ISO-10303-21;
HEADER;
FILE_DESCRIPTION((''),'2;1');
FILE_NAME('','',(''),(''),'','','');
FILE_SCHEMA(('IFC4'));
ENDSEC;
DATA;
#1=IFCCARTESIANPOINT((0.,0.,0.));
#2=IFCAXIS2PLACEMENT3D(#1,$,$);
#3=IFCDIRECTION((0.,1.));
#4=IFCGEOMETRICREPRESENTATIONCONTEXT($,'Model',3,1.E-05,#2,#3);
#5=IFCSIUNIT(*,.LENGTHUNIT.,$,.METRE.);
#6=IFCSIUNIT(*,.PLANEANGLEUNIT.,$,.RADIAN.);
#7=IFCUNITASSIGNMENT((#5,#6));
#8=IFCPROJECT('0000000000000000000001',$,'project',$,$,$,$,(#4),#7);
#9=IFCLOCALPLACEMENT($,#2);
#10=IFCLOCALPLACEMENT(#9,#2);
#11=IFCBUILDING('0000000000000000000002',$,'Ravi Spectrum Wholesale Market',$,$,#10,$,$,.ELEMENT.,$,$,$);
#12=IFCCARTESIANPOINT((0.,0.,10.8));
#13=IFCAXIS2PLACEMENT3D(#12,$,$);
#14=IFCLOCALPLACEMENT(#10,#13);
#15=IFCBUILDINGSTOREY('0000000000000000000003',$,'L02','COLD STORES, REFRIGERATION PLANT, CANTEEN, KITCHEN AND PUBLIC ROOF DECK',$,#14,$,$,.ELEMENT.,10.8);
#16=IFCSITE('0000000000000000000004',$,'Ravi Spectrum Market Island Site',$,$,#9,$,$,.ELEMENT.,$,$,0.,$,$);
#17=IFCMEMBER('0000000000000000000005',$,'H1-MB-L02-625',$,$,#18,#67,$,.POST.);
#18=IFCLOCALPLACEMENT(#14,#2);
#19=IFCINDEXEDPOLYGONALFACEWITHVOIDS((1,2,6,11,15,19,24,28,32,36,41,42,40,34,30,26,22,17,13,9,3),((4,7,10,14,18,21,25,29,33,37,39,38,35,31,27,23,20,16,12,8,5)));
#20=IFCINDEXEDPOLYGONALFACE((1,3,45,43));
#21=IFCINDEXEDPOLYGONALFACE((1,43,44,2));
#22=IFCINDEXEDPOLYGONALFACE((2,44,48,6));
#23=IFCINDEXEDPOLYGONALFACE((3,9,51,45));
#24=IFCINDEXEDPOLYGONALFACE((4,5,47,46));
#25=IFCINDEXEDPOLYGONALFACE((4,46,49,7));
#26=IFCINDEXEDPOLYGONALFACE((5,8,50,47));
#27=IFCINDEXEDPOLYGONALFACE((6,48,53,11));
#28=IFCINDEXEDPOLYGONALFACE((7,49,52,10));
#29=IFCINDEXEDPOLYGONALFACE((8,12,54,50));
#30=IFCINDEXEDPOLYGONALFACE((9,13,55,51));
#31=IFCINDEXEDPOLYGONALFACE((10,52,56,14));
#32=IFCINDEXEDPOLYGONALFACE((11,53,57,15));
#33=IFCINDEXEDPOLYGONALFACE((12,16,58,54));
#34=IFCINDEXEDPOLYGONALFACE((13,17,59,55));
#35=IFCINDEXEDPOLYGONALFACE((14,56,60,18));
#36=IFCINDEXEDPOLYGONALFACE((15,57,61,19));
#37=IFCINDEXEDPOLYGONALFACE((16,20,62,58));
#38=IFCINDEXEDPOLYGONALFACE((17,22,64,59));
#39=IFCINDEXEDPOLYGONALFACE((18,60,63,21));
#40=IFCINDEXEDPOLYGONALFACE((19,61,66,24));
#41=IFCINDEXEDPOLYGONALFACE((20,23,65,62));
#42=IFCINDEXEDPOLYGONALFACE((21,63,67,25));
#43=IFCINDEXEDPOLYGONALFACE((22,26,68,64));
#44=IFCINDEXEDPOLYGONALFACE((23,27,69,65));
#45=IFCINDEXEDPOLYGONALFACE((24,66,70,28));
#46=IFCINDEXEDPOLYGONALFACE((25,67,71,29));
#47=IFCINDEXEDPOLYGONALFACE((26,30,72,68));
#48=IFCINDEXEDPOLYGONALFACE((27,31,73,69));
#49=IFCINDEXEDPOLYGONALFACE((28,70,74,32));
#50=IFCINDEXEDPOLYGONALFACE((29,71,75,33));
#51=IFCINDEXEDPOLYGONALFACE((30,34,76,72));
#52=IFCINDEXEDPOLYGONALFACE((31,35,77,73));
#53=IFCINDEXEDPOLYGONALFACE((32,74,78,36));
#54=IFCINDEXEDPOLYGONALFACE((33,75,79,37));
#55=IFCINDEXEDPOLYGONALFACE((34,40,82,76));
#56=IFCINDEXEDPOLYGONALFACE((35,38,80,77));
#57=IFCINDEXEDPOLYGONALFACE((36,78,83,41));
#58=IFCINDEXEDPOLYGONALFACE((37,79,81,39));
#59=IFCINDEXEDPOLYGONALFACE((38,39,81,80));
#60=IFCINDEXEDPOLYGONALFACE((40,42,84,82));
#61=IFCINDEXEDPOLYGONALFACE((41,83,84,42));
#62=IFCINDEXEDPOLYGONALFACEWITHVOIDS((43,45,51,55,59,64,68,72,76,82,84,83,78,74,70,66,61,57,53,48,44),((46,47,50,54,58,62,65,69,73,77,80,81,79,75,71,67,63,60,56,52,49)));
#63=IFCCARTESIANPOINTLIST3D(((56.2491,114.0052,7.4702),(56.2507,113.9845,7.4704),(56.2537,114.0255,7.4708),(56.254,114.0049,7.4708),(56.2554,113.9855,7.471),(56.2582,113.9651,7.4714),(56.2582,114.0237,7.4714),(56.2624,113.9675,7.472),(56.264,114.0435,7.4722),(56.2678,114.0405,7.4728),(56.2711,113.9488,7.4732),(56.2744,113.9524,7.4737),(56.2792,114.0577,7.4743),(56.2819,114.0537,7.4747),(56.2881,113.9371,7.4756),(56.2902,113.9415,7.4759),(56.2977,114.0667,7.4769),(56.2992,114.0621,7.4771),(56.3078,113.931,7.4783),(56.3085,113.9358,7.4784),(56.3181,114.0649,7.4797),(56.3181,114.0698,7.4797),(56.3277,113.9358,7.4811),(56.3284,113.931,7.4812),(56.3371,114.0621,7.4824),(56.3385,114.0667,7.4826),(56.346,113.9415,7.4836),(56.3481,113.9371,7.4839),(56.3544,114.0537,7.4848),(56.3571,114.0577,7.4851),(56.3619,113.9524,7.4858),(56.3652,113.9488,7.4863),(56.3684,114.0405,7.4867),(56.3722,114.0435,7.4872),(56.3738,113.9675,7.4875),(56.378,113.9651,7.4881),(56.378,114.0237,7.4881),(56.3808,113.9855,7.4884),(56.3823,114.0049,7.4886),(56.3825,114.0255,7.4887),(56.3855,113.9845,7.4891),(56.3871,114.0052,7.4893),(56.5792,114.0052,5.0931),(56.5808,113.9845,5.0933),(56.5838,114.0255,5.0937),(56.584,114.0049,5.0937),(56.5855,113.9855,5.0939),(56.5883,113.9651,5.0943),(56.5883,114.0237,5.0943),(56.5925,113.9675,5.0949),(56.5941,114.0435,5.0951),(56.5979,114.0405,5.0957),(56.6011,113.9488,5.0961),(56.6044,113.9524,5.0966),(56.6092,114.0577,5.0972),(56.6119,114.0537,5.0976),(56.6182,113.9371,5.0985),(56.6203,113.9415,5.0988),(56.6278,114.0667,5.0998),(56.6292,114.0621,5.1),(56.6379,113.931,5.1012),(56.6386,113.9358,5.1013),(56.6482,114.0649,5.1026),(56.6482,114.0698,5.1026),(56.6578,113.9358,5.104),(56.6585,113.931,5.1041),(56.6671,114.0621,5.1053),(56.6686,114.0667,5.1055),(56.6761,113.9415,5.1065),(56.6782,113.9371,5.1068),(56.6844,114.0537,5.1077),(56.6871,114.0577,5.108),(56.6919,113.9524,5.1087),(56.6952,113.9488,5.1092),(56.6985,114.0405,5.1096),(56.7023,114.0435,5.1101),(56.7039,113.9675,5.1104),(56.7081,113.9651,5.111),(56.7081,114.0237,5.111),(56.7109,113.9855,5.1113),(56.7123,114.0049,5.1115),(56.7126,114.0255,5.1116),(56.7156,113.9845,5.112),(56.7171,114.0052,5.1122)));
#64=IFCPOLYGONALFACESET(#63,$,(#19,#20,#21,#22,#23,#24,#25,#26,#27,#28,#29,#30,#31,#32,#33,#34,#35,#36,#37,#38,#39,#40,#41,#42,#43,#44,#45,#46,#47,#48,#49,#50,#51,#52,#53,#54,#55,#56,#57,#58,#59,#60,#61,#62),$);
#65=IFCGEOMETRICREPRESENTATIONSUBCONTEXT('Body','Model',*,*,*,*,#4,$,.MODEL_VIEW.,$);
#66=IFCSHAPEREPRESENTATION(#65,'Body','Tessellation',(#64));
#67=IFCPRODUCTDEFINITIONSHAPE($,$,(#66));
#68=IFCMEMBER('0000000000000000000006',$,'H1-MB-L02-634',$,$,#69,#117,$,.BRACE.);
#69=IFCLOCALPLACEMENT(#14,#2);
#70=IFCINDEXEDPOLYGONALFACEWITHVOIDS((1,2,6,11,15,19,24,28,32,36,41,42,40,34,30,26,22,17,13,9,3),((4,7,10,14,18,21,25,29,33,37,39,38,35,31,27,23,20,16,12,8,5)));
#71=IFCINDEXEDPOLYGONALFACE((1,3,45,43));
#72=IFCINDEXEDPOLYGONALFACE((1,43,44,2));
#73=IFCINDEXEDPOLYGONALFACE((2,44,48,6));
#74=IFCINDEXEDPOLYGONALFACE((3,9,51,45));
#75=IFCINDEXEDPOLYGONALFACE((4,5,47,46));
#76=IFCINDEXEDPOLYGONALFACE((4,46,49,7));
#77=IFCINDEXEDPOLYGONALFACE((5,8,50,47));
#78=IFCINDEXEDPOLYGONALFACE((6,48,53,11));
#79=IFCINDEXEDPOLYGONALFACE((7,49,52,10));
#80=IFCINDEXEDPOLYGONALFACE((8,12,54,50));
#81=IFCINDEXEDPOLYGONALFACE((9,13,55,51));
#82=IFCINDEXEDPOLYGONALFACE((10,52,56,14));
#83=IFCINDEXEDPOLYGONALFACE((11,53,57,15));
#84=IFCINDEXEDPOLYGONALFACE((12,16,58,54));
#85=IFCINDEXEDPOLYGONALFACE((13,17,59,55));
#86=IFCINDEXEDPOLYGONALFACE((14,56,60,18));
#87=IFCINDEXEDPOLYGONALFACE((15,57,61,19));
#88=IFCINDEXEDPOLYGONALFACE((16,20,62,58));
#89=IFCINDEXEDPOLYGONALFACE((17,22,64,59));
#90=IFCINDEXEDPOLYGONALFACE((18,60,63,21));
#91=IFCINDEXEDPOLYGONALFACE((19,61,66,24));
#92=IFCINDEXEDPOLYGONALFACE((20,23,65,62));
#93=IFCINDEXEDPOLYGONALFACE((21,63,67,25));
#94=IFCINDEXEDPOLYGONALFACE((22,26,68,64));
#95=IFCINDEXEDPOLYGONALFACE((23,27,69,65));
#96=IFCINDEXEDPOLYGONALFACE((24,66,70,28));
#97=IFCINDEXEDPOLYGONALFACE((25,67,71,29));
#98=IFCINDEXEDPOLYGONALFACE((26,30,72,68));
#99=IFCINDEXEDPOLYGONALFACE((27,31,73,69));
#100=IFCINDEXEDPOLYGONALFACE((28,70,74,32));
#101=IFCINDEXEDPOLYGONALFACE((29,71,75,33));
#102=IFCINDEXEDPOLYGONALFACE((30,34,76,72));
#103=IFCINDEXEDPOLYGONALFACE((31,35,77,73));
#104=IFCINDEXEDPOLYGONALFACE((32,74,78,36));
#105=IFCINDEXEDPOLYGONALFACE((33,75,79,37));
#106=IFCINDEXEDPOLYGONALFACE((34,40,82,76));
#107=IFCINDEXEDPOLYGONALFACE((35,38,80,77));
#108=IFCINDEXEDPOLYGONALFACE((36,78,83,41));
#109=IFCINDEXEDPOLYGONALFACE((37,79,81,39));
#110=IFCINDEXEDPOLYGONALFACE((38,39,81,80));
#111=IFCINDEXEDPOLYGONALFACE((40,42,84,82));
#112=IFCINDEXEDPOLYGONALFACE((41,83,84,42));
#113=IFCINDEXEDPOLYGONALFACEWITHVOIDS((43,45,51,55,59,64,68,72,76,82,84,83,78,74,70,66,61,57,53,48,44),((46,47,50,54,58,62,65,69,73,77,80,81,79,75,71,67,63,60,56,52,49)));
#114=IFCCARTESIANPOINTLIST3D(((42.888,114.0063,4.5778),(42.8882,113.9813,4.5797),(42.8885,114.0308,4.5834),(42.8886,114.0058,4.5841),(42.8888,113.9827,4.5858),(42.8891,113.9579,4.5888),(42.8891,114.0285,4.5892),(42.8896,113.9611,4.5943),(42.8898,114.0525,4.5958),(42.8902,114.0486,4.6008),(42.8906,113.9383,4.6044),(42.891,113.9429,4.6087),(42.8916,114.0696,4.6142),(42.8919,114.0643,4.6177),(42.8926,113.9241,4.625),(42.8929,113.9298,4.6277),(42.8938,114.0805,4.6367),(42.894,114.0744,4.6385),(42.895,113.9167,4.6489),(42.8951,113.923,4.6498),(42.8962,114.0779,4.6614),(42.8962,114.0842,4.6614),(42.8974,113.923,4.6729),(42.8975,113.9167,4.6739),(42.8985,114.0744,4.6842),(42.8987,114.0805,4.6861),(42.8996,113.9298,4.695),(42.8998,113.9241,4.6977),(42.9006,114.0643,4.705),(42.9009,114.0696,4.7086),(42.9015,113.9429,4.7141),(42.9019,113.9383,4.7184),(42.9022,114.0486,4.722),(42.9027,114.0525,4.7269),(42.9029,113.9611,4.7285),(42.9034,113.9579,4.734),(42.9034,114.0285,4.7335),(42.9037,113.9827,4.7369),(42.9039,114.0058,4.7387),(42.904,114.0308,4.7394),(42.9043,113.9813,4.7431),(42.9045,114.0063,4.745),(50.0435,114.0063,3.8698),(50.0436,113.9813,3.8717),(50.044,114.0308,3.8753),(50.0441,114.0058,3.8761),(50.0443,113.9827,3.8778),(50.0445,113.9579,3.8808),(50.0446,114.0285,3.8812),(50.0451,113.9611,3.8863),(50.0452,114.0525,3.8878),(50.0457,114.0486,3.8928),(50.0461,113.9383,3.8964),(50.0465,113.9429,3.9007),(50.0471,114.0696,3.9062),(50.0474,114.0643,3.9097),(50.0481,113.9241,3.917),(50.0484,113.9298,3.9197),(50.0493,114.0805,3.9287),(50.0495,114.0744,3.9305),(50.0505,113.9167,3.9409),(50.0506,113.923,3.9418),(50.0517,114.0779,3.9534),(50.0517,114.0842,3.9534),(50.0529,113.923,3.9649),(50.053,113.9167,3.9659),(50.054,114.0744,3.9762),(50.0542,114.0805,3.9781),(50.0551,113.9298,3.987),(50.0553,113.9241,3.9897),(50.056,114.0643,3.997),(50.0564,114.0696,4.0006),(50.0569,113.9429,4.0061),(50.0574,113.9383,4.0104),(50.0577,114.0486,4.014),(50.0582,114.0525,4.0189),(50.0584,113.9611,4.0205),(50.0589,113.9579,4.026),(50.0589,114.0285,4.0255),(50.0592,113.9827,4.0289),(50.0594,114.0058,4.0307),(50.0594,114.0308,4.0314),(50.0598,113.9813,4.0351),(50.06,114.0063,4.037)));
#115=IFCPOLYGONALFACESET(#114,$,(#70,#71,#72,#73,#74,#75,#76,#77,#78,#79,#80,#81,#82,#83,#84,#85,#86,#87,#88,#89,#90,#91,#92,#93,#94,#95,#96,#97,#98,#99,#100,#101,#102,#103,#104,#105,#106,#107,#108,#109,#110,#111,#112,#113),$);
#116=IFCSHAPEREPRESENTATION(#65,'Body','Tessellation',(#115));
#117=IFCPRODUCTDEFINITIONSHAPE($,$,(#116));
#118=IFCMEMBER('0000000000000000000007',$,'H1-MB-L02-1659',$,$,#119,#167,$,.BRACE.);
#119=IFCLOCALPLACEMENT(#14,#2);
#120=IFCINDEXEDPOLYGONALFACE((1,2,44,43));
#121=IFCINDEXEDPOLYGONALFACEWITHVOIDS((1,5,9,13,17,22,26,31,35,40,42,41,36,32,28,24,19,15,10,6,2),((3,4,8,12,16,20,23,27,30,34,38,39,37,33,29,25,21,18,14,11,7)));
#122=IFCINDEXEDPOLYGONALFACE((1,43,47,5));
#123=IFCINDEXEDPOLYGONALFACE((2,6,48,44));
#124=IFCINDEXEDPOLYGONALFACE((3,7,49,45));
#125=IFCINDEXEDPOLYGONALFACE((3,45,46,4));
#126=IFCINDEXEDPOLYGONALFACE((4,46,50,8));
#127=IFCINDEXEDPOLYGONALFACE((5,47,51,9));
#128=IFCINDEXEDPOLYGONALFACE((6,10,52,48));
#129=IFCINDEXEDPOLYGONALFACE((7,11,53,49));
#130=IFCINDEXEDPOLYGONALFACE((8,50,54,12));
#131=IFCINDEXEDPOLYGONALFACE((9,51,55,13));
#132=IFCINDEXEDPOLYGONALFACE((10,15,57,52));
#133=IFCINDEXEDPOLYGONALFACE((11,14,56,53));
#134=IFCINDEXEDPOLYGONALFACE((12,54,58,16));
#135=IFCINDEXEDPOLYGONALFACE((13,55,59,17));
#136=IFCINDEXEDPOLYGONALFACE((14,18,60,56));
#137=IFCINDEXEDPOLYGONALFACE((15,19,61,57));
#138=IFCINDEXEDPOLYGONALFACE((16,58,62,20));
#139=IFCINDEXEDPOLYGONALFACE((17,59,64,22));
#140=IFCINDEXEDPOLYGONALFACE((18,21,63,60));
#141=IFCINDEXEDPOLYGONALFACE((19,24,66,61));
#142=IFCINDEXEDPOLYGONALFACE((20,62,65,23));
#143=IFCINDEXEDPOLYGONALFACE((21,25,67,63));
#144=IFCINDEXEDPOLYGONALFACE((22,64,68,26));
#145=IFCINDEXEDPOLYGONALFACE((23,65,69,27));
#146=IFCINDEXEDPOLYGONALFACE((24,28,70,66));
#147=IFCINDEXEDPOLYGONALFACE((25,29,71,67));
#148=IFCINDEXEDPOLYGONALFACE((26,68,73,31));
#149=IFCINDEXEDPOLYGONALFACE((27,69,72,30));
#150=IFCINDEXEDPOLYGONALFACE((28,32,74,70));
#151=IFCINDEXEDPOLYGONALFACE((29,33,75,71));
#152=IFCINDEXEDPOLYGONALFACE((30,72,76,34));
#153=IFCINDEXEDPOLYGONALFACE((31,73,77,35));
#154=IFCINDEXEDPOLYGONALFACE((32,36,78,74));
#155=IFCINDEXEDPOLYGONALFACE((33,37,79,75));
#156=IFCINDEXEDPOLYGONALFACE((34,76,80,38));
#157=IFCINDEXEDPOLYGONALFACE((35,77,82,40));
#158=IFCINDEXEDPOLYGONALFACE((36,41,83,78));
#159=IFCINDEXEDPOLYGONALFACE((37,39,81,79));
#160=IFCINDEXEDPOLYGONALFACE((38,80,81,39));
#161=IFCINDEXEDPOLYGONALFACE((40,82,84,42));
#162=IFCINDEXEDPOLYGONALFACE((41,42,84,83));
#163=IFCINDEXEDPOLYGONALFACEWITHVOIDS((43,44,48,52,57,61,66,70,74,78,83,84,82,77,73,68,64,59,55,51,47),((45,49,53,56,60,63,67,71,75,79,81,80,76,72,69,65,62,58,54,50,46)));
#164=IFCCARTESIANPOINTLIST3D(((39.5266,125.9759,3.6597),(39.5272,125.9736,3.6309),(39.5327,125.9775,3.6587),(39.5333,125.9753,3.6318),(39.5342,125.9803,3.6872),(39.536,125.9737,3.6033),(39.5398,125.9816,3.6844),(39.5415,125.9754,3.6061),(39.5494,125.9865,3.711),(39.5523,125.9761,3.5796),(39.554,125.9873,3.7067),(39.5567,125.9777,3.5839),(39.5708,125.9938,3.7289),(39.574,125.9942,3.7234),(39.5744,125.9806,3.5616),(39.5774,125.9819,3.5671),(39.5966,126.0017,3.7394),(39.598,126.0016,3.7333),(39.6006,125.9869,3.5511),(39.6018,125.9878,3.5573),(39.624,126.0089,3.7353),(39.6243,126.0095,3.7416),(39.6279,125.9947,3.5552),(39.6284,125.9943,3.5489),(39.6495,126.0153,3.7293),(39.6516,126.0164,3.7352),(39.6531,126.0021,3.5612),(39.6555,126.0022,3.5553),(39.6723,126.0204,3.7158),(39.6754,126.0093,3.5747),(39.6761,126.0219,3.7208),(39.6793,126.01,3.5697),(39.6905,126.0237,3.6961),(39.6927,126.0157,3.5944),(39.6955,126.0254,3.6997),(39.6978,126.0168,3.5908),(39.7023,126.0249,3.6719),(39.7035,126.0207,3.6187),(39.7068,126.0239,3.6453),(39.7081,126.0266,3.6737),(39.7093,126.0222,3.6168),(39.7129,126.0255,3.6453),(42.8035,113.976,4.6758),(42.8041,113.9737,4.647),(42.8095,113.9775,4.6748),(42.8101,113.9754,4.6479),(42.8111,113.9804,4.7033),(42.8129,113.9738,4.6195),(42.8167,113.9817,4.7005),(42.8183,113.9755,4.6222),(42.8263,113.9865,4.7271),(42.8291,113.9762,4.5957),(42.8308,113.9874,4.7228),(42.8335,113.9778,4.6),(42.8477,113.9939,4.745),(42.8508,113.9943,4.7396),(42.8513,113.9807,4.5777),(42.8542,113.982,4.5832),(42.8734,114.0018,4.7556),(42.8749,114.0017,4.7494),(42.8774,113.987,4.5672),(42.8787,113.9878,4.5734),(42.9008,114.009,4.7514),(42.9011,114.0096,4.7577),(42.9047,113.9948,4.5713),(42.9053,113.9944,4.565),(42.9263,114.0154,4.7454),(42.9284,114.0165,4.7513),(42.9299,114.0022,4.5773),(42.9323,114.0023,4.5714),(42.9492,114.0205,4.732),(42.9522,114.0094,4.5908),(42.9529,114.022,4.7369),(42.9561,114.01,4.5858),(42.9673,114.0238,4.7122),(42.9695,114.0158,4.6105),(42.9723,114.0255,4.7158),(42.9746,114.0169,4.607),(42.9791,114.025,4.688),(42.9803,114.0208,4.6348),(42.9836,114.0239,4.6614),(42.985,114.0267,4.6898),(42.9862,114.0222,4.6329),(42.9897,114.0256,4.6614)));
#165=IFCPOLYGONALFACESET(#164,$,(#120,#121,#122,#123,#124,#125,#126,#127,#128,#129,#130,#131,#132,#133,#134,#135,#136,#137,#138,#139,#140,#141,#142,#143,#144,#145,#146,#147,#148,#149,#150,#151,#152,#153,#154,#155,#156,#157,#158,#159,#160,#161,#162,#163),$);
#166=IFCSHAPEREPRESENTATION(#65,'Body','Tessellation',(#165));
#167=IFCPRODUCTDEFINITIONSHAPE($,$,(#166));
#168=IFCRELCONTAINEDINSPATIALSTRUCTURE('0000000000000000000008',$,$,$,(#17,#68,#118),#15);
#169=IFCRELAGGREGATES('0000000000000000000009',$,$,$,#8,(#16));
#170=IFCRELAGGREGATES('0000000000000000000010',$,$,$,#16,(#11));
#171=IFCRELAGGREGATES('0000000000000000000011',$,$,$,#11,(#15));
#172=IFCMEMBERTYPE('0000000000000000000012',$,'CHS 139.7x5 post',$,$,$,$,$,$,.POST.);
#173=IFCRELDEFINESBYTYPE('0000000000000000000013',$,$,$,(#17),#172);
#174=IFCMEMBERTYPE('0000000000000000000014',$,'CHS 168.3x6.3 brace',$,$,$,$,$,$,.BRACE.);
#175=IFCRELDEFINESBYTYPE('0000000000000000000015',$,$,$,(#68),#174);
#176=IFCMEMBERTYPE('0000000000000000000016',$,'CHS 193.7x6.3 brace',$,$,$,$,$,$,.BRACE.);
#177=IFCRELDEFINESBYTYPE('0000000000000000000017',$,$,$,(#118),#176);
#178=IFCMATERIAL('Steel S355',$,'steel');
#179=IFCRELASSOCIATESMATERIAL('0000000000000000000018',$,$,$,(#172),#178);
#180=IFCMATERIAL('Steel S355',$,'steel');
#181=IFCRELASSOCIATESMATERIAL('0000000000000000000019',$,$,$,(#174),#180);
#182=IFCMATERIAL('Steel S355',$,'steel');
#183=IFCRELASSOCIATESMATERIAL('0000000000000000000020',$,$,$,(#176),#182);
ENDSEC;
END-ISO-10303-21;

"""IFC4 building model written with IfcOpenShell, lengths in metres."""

from ifc_helpers import new_model, si_unit, direction, frame, origin, origin_2d, place, context, subcontext, project, spatial, hollow_circle, extrude, material, material_profile, profile_set, type_object, element, save


model = new_model("IFC4")

# Units and contexts
model_context = context("Model", 3, precision=1e-05, world=origin(), true_north=direction((0.0, 1.0)))
body_context = subcontext(model_context, "Body", "Model", "MODEL_VIEW")
ifc_project = project(units=[si_unit("LENGTHUNIT", "METRE"), si_unit("PLANEANGLEUNIT", "RADIAN")], contexts=[model_context])

# Site, building, storey
site_placement = place(None, origin())
site = spatial("IfcSite", under=ifc_project, at=site_placement, Name="Ravi Spectrum Market Island Site", CompositionType="ELEMENT", RefElevation=0.0)
building_placement = place(site_placement, origin())
building = spatial("IfcBuilding", under=site, at=building_placement, Name="Ravi Spectrum Wholesale Market", CompositionType="ELEMENT")
storey_placement = place(building_placement, frame((0.0, 0.0, 10.8)))
storey = spatial("IfcBuildingStorey", under=building, at=storey_placement, Name="L02", Description="COLD STORES, REFRIGERATION PLANT, CANTEEN, KITCHEN AND PUBLIC ROOF DECK", CompositionType="ELEMENT", Elevation=10.8)

# Members
ifc_material_1 = material(Name="Steel S355", Category="steel")
ifc_material_profile_1 = material_profile(ifc_material_1, hollow_circle(Radius=0.0698, WallThickness=0.0049, at=origin_2d()))
ifc_profile_set_1 = profile_set([ifc_material_profile_1], Name="Steel S355")
member_type_1 = type_object("IfcMemberType", Name="CHS 139.7x5 post", PredefinedType="POST", material=ifc_profile_set_1)
member_1_placement = place(storey_placement, frame((56.3181, 114.0, 7.4797), z_axis=(0.137532, 0.0, -0.990497), x_axis=(0.0, 1.0, 0.0)))
element("IfcMember", 1, at=member_1_placement, inside=storey, type_object=member_type_1, Name="H1-MB-L02-625", PredefinedType="POST", context=body_context, shape_type="SweptSolid", body=[
    extrude(hollow_circle(Radius=0.0698, WallThickness=0.0049, at=origin_2d()), origin(), (0.0, 0.0, 1.0), 2.3999),
])
ifc_material_2 = material(Name="Steel S355", Category="steel")
ifc_material_profile_2 = material_profile(ifc_material_2, hollow_circle(Radius=0.0842, WallThickness=0.0063, at=origin_2d()))
ifc_profile_set_2 = profile_set([ifc_material_profile_2], Name="Steel S355")
member_type_2 = type_object("IfcMemberType", Name="CHS 168.3x6.3 brace", PredefinedType="BRACE", material=ifc_profile_set_2)
member_2_placement = place(storey_placement, frame((42.8962, 114.0, 4.6614), z_axis=(0.995141, 0.0, -0.098465), x_axis=(0.0, 1.0, 0.0)))
element("IfcMember", 2, at=member_2_placement, inside=storey, type_object=member_type_2, Name="H1-MB-L02-634", PredefinedType="BRACE", context=body_context, shape_type="SweptSolid", body=[
    extrude(hollow_circle(Radius=0.0842, WallThickness=0.0063, at=origin_2d()), origin(), (0.0, 0.0, 1.0), 7.1904),
])
ifc_material_3 = material(Name="Steel S355", Category="steel")
ifc_material_profile_3 = material_profile(ifc_material_3, hollow_circle(Radius=0.0969, WallThickness=0.0063, at=origin_2d()))
ifc_profile_set_3 = profile_set([ifc_material_profile_3], Name="Steel S355")
member_type_3 = type_object("IfcMemberType", Name="CHS 193.7x6.3 brace", PredefinedType="BRACE", material=ifc_profile_set_3)
for number, where, z_axis, x_axis, name in (
    (3, (39.6194, 126.0, 3.6453), (0.262552, -0.961477, 0.081414), (0.96468, 0.263426, 0.0), "H1-MB-L02-1659"),
):
    element("IfcMember", number, at=place(storey_placement, frame(where, z_axis=z_axis, x_axis=x_axis)), inside=storey, type_object=member_type_3, Name=name, PredefinedType="BRACE", context=body_context, shape_type="SweptSolid", body=[
        extrude(hollow_circle(Radius=0.0969, WallThickness=0.0063, at=origin_2d()), origin(), (0.0, 0.0, 1.0), 12.4807),
    ])

save(model, "model.ifc")
